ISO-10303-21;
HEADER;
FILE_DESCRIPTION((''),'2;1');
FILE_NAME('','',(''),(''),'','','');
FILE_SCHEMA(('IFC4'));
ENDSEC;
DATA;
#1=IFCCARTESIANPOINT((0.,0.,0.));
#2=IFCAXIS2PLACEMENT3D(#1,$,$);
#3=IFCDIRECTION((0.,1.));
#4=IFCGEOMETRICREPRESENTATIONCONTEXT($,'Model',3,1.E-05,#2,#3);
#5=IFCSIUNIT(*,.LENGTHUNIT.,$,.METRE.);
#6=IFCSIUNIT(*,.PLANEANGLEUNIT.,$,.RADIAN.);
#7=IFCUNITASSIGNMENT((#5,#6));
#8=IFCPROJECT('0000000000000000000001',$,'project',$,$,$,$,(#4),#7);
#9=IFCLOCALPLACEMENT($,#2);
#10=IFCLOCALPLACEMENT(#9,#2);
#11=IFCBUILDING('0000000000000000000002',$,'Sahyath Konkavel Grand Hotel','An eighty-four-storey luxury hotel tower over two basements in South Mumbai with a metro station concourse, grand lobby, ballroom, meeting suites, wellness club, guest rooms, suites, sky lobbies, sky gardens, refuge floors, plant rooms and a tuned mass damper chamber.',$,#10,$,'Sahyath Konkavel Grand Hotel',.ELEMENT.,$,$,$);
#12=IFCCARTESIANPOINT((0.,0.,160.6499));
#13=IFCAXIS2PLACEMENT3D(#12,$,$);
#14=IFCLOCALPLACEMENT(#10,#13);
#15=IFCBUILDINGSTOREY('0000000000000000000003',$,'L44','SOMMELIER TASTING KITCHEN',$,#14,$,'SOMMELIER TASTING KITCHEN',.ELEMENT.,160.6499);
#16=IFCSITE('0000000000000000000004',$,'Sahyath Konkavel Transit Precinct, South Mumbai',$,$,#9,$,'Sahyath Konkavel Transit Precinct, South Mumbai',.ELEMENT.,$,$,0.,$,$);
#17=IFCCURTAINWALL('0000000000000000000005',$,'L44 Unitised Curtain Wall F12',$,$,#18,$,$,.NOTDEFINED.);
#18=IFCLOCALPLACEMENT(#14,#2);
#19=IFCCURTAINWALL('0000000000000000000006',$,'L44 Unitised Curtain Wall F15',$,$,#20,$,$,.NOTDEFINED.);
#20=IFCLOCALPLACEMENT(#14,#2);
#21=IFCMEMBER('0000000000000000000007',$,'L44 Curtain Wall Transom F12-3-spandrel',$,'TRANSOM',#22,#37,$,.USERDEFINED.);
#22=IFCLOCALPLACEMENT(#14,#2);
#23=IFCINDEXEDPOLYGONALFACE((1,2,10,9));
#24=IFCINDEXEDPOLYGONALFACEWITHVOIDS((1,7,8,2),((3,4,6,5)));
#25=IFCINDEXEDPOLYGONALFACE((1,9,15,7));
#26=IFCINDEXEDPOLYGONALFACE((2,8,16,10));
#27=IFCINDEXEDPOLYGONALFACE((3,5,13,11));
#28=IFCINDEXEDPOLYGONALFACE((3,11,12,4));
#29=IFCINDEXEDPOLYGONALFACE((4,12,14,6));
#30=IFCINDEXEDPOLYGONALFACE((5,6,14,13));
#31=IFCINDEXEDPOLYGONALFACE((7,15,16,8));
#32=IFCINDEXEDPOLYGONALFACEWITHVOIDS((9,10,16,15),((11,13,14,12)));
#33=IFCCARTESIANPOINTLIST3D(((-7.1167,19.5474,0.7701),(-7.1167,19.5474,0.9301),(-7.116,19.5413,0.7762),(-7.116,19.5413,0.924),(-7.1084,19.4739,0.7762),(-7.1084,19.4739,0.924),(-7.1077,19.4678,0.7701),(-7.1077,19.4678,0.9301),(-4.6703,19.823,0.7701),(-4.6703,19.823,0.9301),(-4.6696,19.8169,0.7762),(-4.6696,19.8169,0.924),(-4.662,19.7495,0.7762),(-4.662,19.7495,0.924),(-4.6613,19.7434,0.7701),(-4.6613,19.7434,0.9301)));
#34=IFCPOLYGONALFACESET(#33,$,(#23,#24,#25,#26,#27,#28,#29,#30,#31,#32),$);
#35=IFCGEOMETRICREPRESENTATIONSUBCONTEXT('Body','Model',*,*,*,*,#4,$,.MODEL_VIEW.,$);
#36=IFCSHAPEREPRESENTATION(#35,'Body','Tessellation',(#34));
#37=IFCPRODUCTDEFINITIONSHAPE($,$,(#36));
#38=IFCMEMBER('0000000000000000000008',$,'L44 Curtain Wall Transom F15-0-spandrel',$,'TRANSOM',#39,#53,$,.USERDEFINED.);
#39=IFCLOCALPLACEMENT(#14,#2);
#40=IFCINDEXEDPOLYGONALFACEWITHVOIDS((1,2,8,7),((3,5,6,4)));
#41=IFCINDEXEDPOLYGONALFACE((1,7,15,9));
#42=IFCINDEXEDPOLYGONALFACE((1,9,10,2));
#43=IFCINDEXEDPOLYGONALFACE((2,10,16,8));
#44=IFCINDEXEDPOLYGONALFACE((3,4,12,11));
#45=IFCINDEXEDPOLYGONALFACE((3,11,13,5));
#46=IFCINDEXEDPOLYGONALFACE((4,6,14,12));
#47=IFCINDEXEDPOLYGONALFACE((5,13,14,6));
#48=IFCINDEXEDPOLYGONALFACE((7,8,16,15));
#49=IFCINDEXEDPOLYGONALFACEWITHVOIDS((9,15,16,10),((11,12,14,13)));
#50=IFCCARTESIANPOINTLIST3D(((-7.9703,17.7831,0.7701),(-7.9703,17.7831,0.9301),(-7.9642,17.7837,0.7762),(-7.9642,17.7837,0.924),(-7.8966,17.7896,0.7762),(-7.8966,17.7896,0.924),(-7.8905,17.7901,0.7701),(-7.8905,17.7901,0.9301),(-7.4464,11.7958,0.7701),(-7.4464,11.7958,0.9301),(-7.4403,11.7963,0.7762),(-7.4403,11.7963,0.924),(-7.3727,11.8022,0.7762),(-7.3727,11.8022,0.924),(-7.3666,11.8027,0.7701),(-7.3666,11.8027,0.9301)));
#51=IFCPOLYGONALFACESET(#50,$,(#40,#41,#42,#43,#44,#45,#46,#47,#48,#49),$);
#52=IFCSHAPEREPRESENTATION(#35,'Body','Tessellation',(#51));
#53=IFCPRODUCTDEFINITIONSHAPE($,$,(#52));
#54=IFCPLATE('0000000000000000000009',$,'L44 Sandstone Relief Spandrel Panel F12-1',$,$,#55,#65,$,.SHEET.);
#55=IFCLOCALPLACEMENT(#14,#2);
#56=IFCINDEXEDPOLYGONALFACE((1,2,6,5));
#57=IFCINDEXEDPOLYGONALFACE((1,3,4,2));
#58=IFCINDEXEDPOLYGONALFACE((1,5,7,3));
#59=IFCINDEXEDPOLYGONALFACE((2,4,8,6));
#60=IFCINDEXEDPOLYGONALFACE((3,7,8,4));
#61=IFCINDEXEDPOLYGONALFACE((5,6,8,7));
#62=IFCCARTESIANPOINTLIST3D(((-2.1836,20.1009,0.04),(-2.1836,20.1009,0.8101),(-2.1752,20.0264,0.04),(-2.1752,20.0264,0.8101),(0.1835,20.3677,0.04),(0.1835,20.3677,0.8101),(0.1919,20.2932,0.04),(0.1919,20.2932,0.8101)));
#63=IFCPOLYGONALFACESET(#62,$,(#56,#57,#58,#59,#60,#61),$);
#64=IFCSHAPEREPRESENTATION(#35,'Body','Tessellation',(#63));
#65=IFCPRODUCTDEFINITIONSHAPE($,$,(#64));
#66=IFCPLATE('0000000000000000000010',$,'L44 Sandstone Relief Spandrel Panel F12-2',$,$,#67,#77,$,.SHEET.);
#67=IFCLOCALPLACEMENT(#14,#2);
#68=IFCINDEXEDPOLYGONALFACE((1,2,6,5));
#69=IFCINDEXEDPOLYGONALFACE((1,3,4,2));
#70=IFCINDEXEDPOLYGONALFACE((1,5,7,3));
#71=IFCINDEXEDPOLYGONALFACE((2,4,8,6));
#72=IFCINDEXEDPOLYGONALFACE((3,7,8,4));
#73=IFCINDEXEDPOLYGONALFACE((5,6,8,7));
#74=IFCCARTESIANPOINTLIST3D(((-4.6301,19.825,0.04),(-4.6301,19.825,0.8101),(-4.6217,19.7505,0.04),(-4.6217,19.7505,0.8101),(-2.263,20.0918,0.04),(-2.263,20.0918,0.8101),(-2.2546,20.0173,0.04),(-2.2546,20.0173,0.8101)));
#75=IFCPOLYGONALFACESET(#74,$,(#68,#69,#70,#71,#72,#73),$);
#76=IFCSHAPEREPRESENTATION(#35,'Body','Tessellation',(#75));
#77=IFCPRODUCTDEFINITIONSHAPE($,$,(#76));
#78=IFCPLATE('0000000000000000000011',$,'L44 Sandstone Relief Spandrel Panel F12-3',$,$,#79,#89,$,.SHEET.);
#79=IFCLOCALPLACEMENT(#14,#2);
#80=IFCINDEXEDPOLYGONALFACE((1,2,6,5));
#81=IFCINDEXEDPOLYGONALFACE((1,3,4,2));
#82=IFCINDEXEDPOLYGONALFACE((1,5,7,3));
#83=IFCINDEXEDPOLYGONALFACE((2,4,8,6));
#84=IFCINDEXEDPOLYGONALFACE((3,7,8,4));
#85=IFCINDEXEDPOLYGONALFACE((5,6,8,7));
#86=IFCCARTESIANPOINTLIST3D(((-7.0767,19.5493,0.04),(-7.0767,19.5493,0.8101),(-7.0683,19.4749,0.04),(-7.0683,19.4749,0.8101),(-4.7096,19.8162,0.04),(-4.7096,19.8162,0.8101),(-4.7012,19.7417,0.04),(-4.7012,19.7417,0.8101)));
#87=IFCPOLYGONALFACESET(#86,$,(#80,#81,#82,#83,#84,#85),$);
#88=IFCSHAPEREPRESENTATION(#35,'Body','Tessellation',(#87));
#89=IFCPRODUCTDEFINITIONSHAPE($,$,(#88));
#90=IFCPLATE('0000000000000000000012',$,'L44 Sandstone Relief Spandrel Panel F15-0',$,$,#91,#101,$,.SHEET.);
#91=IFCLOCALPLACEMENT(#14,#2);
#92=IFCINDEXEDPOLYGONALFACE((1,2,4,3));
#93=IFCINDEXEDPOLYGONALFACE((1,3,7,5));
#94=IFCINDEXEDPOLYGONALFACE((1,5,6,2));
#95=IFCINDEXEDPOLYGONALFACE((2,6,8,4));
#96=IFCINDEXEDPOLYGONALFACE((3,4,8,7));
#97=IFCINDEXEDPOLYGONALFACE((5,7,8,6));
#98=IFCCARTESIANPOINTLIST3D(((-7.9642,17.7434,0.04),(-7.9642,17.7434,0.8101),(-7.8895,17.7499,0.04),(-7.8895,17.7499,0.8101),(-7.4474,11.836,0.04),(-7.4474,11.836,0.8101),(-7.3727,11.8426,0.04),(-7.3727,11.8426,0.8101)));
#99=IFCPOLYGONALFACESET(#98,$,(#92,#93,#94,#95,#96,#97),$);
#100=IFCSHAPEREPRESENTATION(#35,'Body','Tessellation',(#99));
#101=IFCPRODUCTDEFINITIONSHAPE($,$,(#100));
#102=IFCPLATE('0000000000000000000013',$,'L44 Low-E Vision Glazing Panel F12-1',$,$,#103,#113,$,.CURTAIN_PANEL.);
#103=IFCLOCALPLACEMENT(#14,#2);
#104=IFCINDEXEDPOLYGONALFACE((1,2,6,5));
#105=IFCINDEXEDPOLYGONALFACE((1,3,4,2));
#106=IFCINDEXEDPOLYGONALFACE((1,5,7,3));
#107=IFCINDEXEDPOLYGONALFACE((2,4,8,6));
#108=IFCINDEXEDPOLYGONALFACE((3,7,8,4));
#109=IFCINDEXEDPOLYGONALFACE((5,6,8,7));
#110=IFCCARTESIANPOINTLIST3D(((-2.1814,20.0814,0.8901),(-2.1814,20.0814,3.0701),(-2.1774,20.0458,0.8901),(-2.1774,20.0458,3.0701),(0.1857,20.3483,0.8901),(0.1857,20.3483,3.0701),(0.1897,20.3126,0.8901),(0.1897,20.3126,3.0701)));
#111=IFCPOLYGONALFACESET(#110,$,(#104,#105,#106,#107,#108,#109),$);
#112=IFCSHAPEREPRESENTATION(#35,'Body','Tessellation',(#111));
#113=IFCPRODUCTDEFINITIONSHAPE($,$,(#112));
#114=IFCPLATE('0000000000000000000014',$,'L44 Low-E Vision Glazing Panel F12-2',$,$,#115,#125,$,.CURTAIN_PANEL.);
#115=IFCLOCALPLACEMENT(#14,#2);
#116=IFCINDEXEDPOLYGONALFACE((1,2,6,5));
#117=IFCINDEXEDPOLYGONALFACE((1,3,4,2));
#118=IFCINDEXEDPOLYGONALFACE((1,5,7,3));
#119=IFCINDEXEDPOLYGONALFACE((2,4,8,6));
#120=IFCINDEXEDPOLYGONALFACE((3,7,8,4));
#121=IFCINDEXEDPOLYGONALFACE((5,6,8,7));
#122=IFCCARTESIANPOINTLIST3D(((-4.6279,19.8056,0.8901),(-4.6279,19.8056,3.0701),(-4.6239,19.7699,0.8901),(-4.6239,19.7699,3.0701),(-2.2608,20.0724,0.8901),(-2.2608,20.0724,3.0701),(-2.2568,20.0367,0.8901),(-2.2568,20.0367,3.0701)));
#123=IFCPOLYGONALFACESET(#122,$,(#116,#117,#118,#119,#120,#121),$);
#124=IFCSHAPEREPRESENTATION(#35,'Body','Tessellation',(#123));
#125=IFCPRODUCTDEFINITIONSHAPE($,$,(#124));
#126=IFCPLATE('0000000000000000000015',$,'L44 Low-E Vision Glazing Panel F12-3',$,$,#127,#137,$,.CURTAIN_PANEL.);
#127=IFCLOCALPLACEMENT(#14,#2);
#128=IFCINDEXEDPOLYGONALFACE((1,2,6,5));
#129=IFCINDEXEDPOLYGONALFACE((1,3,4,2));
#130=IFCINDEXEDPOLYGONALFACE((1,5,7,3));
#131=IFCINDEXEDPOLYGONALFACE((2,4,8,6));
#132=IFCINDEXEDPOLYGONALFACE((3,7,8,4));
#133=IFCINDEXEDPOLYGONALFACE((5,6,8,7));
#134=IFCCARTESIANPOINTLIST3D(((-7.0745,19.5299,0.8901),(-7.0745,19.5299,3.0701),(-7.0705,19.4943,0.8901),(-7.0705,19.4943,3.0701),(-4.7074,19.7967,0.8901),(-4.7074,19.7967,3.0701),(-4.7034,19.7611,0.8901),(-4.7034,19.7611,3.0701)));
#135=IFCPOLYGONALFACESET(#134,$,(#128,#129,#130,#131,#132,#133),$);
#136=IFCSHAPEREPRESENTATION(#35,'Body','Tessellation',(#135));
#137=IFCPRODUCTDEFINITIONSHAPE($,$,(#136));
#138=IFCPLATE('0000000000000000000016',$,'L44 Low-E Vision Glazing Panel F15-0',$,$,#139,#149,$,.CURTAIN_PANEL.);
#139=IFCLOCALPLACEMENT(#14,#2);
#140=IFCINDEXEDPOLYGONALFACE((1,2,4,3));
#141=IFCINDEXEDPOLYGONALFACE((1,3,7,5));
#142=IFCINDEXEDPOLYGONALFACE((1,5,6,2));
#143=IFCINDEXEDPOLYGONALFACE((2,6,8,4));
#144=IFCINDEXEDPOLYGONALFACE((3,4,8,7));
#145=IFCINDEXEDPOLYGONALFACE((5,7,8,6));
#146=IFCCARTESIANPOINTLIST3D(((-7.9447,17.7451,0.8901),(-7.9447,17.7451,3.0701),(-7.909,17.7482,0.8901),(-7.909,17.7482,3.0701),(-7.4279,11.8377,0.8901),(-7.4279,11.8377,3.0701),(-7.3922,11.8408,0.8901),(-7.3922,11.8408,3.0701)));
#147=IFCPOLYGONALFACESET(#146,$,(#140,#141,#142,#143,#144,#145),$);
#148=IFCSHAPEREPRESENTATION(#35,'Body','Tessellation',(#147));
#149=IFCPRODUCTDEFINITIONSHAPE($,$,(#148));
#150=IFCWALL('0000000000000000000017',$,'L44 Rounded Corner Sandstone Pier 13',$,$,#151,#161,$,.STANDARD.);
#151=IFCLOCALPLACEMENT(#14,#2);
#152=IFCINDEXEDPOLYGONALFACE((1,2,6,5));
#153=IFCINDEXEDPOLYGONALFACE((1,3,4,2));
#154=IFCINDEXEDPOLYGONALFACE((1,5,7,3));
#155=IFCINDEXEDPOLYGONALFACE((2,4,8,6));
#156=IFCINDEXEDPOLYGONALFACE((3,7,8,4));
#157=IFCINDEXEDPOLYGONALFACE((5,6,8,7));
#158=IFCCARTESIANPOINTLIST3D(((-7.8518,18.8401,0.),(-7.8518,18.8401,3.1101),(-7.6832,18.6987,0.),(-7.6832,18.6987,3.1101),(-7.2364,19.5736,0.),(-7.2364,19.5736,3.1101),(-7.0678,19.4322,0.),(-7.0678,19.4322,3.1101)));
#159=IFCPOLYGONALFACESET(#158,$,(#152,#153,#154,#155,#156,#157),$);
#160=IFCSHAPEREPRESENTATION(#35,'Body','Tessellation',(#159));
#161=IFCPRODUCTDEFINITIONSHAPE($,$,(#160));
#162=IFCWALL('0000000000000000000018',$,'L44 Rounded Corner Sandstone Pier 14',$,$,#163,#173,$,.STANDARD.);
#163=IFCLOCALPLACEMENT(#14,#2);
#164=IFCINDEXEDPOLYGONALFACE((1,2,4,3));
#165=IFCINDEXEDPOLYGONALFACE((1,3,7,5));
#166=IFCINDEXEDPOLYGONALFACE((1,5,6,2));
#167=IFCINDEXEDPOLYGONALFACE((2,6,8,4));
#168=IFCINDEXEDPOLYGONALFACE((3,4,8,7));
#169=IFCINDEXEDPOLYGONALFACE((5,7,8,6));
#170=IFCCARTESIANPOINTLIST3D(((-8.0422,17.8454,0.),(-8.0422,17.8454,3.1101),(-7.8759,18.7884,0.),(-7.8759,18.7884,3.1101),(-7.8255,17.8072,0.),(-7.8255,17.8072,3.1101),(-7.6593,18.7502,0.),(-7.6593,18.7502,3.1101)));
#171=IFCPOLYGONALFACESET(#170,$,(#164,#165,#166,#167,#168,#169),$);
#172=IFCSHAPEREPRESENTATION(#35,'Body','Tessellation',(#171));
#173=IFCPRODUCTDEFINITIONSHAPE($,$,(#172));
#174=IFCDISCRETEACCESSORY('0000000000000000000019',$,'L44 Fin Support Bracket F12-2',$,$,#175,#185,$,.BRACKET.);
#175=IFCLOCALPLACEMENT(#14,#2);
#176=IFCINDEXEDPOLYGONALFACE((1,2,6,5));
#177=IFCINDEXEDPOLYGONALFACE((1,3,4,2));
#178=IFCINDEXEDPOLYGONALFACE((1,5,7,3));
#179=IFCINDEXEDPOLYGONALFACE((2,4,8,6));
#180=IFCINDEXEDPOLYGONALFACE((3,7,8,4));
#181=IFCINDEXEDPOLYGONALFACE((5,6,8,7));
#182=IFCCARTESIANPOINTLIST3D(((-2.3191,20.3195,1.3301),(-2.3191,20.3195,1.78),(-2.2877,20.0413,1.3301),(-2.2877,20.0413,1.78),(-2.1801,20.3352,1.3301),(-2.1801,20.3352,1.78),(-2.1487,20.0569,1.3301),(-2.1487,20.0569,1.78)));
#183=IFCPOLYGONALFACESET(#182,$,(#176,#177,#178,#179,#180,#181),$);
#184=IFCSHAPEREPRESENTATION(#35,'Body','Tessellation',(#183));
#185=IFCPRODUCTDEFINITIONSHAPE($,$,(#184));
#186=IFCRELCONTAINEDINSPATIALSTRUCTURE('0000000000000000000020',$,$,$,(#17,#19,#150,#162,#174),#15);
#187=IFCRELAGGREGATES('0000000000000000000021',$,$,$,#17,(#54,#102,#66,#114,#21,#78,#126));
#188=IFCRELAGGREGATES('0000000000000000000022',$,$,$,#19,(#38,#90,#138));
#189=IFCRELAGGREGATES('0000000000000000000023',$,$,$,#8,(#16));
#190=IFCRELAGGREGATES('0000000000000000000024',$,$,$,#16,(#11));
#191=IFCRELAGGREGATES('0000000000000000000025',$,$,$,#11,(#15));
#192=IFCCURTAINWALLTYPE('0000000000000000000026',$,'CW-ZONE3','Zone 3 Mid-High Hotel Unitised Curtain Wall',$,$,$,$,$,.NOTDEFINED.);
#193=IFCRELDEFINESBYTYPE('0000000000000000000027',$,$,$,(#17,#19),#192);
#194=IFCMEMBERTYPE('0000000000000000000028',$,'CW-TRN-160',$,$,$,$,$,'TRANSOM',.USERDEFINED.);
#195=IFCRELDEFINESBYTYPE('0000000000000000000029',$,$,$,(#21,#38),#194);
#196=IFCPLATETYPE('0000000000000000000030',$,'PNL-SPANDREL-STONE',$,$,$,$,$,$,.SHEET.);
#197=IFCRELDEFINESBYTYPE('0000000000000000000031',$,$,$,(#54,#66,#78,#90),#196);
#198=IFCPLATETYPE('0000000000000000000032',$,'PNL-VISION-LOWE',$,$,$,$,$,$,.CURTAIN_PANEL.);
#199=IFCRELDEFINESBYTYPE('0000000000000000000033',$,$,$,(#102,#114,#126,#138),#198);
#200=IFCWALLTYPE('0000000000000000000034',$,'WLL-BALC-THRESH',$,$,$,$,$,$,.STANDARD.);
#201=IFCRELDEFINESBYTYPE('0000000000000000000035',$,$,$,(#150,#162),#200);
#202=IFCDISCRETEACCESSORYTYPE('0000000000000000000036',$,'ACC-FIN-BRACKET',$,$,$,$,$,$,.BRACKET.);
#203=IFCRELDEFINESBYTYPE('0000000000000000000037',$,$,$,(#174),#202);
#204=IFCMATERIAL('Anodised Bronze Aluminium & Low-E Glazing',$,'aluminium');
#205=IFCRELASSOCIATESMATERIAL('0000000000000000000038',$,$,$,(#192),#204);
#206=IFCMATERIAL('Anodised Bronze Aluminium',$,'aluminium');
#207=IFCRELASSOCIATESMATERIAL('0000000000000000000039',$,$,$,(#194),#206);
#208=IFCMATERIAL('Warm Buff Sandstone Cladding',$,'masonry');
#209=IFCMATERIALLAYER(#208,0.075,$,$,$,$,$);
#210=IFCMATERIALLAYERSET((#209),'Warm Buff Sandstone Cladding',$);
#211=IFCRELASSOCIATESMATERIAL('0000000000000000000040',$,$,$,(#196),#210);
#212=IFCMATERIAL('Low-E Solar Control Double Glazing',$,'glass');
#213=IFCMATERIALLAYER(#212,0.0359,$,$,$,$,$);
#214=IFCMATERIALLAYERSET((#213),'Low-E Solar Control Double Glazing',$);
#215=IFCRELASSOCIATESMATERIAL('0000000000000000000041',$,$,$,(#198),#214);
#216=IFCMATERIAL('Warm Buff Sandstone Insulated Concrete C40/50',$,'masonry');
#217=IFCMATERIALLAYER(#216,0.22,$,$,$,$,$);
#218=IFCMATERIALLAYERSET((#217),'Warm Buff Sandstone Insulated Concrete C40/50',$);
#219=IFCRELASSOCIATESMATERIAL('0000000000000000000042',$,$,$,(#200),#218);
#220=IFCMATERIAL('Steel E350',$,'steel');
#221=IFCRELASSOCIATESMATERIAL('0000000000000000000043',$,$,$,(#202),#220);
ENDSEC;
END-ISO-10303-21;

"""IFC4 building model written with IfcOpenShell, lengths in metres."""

from ifc_helpers import new_model, si_unit, direction, frame, frame_2d, origin, origin_2d, place, context, subcontext, project, spatial, rectangle, hollow_rectangle, extrude, source, transform, mapped, material, layer, layer_set, material_profile, profile_set, type_object, element, aggregate, save


model = new_model("IFC4")

# Units and contexts
model_context = context("Model", 3, precision=1e-05, world=origin(), true_north=direction((0.0, 1.0)))
body_context = subcontext(model_context, "Body", "Model", "MODEL_VIEW")
ifc_project = project(units=[si_unit("LENGTHUNIT", "METRE"), si_unit("PLANEANGLEUNIT", "RADIAN")], contexts=[model_context])

# Site, building, storey
site_placement = place(None, origin())
site = spatial("IfcSite", under=ifc_project, at=site_placement, Name="Sahyath Konkavel Transit Precinct, South Mumbai", LongName="Sahyath Konkavel Transit Precinct, South Mumbai", CompositionType="ELEMENT", RefElevation=0.0)
building_placement = place(site_placement, origin())
building = spatial("IfcBuilding", under=site, at=building_placement, Name="Sahyath Konkavel Grand Hotel", Description="An eighty-four-storey luxury hotel tower over two basements in South Mumbai with a metro station concourse, grand lobby, ballroom, meeting suites, wellness club, guest rooms, suites, sky lobbies, sky gardens, refuge floors, plant rooms and a tuned mass damper chamber.", LongName="Sahyath Konkavel Grand Hotel", CompositionType="ELEMENT")
storey_placement = place(building_placement, frame((0.0, 0.0, 160.6499)))
storey = spatial("IfcBuildingStorey", under=building, at=storey_placement, Name="L44", Description="SOMMELIER TASTING KITCHEN", LongName="SOMMELIER TASTING KITCHEN", CompositionType="ELEMENT", Elevation=160.6499)

# Shared definitions
ifc_material_1 = material(Name="Steel E350", Category="steel")

# Curtain wall
ifc_material_2 = material(Name="Anodised Bronze Aluminium & Low-E Glazing", Category="aluminium")
curtain_wall_type = type_object("IfcCurtainWallType", Name="CW-ZONE3", Description="Zone 3 Mid-High Hotel Unitised Curtain Wall", PredefinedType="NOTDEFINED", material=ifc_material_2)
curtain_wall_1_placement = place(storey_placement, origin())
curtain_wall_1 = element("IfcCurtainWall", 1, at=curtain_wall_1_placement, inside=storey, type_object=curtain_wall_type, Name="L44 Unitised Curtain Wall F12", PredefinedType="NOTDEFINED")
ifc_material_3 = material(Name="Anodised Bronze Aluminium", Category="aluminium")

# Curtain wall
curtain_wall_2_placement = place(storey_placement, origin())
curtain_wall_2 = element("IfcCurtainWall", 2, at=curtain_wall_2_placement, inside=storey, type_object=curtain_wall_type, Name="L44 Unitised Curtain Wall F15", PredefinedType="NOTDEFINED")

# Members
ifc_material_profile_1 = material_profile(ifc_material_3, hollow_rectangle(XDim=0.0801, YDim=0.1599, WallThickness=0.0061, at=origin_2d()), Name="RHS 160x80x6")
ifc_profile_set_1 = profile_set([ifc_material_profile_1], Name="Anodised Bronze Aluminium")
member_type_1 = type_object("IfcMemberType", Name="CW-TRN-160", ElementType="TRANSOM", PredefinedType="USERDEFINED", material=ifc_profile_set_1)
shared_shape_1 = source(origin(), body_context, "Body", "SweptSolid", [
    extrude(hollow_rectangle(XDim=0.0801, YDim=0.1599, WallThickness=0.0061, at=origin_2d()), origin(), (0.0, 0.0, 1.0), 2.4619),
])
member_1_placement = place(storey_placement, frame((-4.6658, 19.7832, 0.8501), z_axis=(-0.993713, -0.111955, 0.0), x_axis=(0.111955, -0.993713, 0.0)))
member_1 = element("IfcMember", 3, at=member_1_placement, type_object=member_type_1, Name="L44 Curtain Wall Transom F12-3-spandrel", ObjectType="TRANSOM", PredefinedType="USERDEFINED", context=body_context, shape_type="MappedRepresentation", body=[
    mapped(shared_shape_1, transform((0.0, 0.0, 0.0), scale=1.0)),
])
shared_shape_2 = source(origin(), body_context, "Body", "SweptSolid", [
    extrude(hollow_rectangle(XDim=0.0801, YDim=0.1599, WallThickness=0.0061, at=origin_2d()), origin(), (0.0, 0.0, 1.0), 6.0103),
])
member_2_placement = place(storey_placement, frame((-7.9304, 17.7866, 0.8501), z_axis=(0.087173, -0.996193, 0.0), x_axis=(0.996193, 0.087173, 0.0)))
member_2 = element("IfcMember", 4, at=member_2_placement, type_object=member_type_1, Name="L44 Curtain Wall Transom F15-0-spandrel", ObjectType="TRANSOM", PredefinedType="USERDEFINED", context=body_context, shape_type="MappedRepresentation", body=[
    mapped(shared_shape_2, transform((0.0, 0.0, 0.0), scale=1.0)),
])

# Plates
ifc_material_4 = material(Name="Warm Buff Sandstone Cladding", Category="masonry")
ifc_layer_1 = layer(ifc_material_4, 0.075)
ifc_layer_set_1 = layer_set([ifc_layer_1], Name="Warm Buff Sandstone Cladding")
plate_type_1 = type_object("IfcPlateType", Name="PNL-SPANDREL-STONE", PredefinedType="SHEET", material=ifc_layer_set_1)
shared_shape_3 = source(origin(), body_context, "Body", "SweptSolid", [
    extrude(rectangle(XDim=2.3821, YDim=0.075, at=origin_2d()), origin(), (0.0, 0.0, 1.0), 0.77),
])
plate_1_placement = place(storey_placement, frame((-0.9958, 20.197, 0.04), z_axis=(0.0, 0.0, 1.0), x_axis=(-0.993707, -0.112007, 0.0)))
plate_1 = element("IfcPlate", 5, at=plate_1_placement, type_object=plate_type_1, Name="L44 Sandstone Relief Spandrel Panel F12-1", PredefinedType="SHEET", context=body_context, shape_type="MappedRepresentation", body=[
    mapped(shared_shape_3, transform((0.0, 0.0, 0.0), scale=1.0)),
])
plate_2_placement = place(storey_placement, frame((-3.4424, 19.9211, 0.04), z_axis=(0.0, 0.0, 1.0), x_axis=(-0.993707, -0.112007, 0.0)))
plate_2 = element("IfcPlate", 6, at=plate_2_placement, type_object=plate_type_1, Name="L44 Sandstone Relief Spandrel Panel F12-2", PredefinedType="SHEET", context=body_context, shape_type="MappedRepresentation", body=[
    mapped(shared_shape_3, transform((0.0, 0.0, 0.0), scale=1.0)),
])
plate_3_placement = place(storey_placement, frame((-5.8889, 19.6455, 0.04), z_axis=(0.0, 0.0, 1.0), x_axis=(-0.993707, -0.112007, 0.0)))
plate_3 = element("IfcPlate", 7, at=plate_3_placement, type_object=plate_type_1, Name="L44 Sandstone Relief Spandrel Panel F12-3", PredefinedType="SHEET", context=body_context, shape_type="MappedRepresentation", body=[
    mapped(shared_shape_3, transform((0.0, 0.0, 0.0), scale=1.0)),
])
shared_shape_4 = source(origin(), body_context, "Body", "SweptSolid", [
    extrude(rectangle(XDim=5.9299, YDim=0.075, at=origin_2d()), origin(), (0.0, 0.0, 1.0), 0.77),
])
plate_4_placement = place(storey_placement, frame((-7.6685, 14.793, 0.04), z_axis=(0.0, 0.0, 1.0), x_axis=(0.087156, -0.996195, 0.0)))
plate_4 = element("IfcPlate", 8, at=plate_4_placement, type_object=plate_type_1, Name="L44 Sandstone Relief Spandrel Panel F15-0", PredefinedType="SHEET", context=body_context, shape_type="MappedRepresentation", body=[
    mapped(shared_shape_4, transform((0.0, 0.0, 0.0), scale=1.0)),
])
ifc_material_5 = material(Name="Low-E Solar Control Double Glazing", Category="glass")
ifc_layer_2 = layer(ifc_material_5, 0.0359)
ifc_layer_set_2 = layer_set([ifc_layer_2], Name="Low-E Solar Control Double Glazing")
plate_type_2 = type_object("IfcPlateType", Name="PNL-VISION-LOWE", PredefinedType="CURTAIN_PANEL", material=ifc_layer_set_2)
shared_shape_5 = source(origin(), body_context, "Body", "SweptSolid", [
    extrude(rectangle(XDim=2.3821, YDim=0.0359, at=origin_2d()), origin(), (0.0, 0.0, 1.0), 2.1799),
])
plate_5_placement = place(storey_placement, frame((-0.9958, 20.197, 0.8901), z_axis=(0.0, 0.0, 1.0), x_axis=(-0.993707, -0.112007, 0.0)))
plate_5 = element("IfcPlate", 9, at=plate_5_placement, type_object=plate_type_2, Name="L44 Low-E Vision Glazing Panel F12-1", PredefinedType="CURTAIN_PANEL", context=body_context, shape_type="MappedRepresentation", body=[
    mapped(shared_shape_5, transform((0.0, 0.0, 0.0), scale=1.0)),
])
plate_6_placement = place(storey_placement, frame((-3.4424, 19.9211, 0.8901), z_axis=(0.0, 0.0, 1.0), x_axis=(-0.993707, -0.112007, 0.0)))
plate_6 = element("IfcPlate", 10, at=plate_6_placement, type_object=plate_type_2, Name="L44 Low-E Vision Glazing Panel F12-2", PredefinedType="CURTAIN_PANEL", context=body_context, shape_type="MappedRepresentation", body=[
    mapped(shared_shape_5, transform((0.0, 0.0, 0.0), scale=1.0)),
])
plate_7_placement = place(storey_placement, frame((-5.8889, 19.6455, 0.8901), z_axis=(0.0, 0.0, 1.0), x_axis=(-0.993707, -0.112007, 0.0)))
plate_7 = element("IfcPlate", 11, at=plate_7_placement, type_object=plate_type_2, Name="L44 Low-E Vision Glazing Panel F12-3", PredefinedType="CURTAIN_PANEL", context=body_context, shape_type="MappedRepresentation", body=[
    mapped(shared_shape_5, transform((0.0, 0.0, 0.0), scale=1.0)),
])
aggregate(curtain_wall_1, [plate_1, plate_5, plate_2, plate_6, member_1, plate_3, plate_7])
shared_shape_6 = source(origin(), body_context, "Body", "SweptSolid", [
    extrude(rectangle(XDim=5.9299, YDim=0.0359, at=origin_2d()), origin(), (0.0, 0.0, 1.0), 2.1799),
])
plate_8_placement = place(storey_placement, frame((-7.6685, 14.793, 0.8901), z_axis=(0.0, 0.0, 1.0), x_axis=(0.087156, -0.996195, 0.0)))
plate_8 = element("IfcPlate", 12, at=plate_8_placement, type_object=plate_type_2, Name="L44 Low-E Vision Glazing Panel F15-0", PredefinedType="CURTAIN_PANEL", context=body_context, shape_type="MappedRepresentation", body=[
    mapped(shared_shape_6, transform((0.0, 0.0, 0.0), scale=1.0)),
])
aggregate(curtain_wall_2, [member_2, plate_4, plate_8])

# Walls
ifc_material_6 = material(Name="Warm Buff Sandstone Insulated Concrete C40/50", Category="masonry")
ifc_layer_3 = layer(ifc_material_6, 0.22)
ifc_layer_set_3 = layer_set([ifc_layer_3], Name="Warm Buff Sandstone Insulated Concrete C40/50")
wall_type = type_object("IfcWallType", Name="WLL-BALC-THRESH", PredefinedType="STANDARD", material=ifc_layer_set_3)
for number, where, z_axis, x_axis, name in (
    (13, (-7.1521, 19.5029, 0.0), (0.0, 0.0, 1.0), (-0.642714, -0.766107, 0.0), "L44 Rounded Corner Sandstone Pier 13"),
    (14, (-7.7676, 18.7693, 0.0), (0.0, 0.0, 1.0), (-0.173654, -0.984807, 0.0), "L44 Rounded Corner Sandstone Pier 14"),
):
    element("IfcWall", number, at=place(storey_placement, frame(where, z_axis=z_axis, x_axis=x_axis)), inside=storey, type_object=wall_type, Name=name, PredefinedType="STANDARD", context=body_context, shape_type="SweptSolid", body=[
        extrude(rectangle(XDim=0.9575, YDim=0.22, at=frame_2d((0.4788, 0.0))), origin(), (0.0, 0.0, 1.0), 3.1101),
    ])

# Discrete accessory
discrete_accessory_type = type_object("IfcDiscreteAccessoryType", Name="ACC-FIN-BRACKET", PredefinedType="BRACKET", material=ifc_material_1)
shared_shape_7 = source(origin(), body_context, "Body", "SweptSolid", [
    extrude(rectangle(XDim=0.28, YDim=0.1399, at=origin_2d()), origin(), (0.0, 0.0, 1.0), 0.45),
])
discrete_accessory_placement = place(storey_placement, frame((-2.2339, 20.1882, 1.3301), z_axis=(0.0, 0.0, 1.0), x_axis=(-0.112007, 0.993707, 0.0)))
element("IfcDiscreteAccessory", 15, at=discrete_accessory_placement, inside=storey, type_object=discrete_accessory_type, Name="L44 Fin Support Bracket F12-2", PredefinedType="BRACKET", context=body_context, shape_type="MappedRepresentation", body=[
    mapped(shared_shape_7, transform((0.0, 0.0, 0.0), scale=1.0)),
])

save(model, "model.ifc")
